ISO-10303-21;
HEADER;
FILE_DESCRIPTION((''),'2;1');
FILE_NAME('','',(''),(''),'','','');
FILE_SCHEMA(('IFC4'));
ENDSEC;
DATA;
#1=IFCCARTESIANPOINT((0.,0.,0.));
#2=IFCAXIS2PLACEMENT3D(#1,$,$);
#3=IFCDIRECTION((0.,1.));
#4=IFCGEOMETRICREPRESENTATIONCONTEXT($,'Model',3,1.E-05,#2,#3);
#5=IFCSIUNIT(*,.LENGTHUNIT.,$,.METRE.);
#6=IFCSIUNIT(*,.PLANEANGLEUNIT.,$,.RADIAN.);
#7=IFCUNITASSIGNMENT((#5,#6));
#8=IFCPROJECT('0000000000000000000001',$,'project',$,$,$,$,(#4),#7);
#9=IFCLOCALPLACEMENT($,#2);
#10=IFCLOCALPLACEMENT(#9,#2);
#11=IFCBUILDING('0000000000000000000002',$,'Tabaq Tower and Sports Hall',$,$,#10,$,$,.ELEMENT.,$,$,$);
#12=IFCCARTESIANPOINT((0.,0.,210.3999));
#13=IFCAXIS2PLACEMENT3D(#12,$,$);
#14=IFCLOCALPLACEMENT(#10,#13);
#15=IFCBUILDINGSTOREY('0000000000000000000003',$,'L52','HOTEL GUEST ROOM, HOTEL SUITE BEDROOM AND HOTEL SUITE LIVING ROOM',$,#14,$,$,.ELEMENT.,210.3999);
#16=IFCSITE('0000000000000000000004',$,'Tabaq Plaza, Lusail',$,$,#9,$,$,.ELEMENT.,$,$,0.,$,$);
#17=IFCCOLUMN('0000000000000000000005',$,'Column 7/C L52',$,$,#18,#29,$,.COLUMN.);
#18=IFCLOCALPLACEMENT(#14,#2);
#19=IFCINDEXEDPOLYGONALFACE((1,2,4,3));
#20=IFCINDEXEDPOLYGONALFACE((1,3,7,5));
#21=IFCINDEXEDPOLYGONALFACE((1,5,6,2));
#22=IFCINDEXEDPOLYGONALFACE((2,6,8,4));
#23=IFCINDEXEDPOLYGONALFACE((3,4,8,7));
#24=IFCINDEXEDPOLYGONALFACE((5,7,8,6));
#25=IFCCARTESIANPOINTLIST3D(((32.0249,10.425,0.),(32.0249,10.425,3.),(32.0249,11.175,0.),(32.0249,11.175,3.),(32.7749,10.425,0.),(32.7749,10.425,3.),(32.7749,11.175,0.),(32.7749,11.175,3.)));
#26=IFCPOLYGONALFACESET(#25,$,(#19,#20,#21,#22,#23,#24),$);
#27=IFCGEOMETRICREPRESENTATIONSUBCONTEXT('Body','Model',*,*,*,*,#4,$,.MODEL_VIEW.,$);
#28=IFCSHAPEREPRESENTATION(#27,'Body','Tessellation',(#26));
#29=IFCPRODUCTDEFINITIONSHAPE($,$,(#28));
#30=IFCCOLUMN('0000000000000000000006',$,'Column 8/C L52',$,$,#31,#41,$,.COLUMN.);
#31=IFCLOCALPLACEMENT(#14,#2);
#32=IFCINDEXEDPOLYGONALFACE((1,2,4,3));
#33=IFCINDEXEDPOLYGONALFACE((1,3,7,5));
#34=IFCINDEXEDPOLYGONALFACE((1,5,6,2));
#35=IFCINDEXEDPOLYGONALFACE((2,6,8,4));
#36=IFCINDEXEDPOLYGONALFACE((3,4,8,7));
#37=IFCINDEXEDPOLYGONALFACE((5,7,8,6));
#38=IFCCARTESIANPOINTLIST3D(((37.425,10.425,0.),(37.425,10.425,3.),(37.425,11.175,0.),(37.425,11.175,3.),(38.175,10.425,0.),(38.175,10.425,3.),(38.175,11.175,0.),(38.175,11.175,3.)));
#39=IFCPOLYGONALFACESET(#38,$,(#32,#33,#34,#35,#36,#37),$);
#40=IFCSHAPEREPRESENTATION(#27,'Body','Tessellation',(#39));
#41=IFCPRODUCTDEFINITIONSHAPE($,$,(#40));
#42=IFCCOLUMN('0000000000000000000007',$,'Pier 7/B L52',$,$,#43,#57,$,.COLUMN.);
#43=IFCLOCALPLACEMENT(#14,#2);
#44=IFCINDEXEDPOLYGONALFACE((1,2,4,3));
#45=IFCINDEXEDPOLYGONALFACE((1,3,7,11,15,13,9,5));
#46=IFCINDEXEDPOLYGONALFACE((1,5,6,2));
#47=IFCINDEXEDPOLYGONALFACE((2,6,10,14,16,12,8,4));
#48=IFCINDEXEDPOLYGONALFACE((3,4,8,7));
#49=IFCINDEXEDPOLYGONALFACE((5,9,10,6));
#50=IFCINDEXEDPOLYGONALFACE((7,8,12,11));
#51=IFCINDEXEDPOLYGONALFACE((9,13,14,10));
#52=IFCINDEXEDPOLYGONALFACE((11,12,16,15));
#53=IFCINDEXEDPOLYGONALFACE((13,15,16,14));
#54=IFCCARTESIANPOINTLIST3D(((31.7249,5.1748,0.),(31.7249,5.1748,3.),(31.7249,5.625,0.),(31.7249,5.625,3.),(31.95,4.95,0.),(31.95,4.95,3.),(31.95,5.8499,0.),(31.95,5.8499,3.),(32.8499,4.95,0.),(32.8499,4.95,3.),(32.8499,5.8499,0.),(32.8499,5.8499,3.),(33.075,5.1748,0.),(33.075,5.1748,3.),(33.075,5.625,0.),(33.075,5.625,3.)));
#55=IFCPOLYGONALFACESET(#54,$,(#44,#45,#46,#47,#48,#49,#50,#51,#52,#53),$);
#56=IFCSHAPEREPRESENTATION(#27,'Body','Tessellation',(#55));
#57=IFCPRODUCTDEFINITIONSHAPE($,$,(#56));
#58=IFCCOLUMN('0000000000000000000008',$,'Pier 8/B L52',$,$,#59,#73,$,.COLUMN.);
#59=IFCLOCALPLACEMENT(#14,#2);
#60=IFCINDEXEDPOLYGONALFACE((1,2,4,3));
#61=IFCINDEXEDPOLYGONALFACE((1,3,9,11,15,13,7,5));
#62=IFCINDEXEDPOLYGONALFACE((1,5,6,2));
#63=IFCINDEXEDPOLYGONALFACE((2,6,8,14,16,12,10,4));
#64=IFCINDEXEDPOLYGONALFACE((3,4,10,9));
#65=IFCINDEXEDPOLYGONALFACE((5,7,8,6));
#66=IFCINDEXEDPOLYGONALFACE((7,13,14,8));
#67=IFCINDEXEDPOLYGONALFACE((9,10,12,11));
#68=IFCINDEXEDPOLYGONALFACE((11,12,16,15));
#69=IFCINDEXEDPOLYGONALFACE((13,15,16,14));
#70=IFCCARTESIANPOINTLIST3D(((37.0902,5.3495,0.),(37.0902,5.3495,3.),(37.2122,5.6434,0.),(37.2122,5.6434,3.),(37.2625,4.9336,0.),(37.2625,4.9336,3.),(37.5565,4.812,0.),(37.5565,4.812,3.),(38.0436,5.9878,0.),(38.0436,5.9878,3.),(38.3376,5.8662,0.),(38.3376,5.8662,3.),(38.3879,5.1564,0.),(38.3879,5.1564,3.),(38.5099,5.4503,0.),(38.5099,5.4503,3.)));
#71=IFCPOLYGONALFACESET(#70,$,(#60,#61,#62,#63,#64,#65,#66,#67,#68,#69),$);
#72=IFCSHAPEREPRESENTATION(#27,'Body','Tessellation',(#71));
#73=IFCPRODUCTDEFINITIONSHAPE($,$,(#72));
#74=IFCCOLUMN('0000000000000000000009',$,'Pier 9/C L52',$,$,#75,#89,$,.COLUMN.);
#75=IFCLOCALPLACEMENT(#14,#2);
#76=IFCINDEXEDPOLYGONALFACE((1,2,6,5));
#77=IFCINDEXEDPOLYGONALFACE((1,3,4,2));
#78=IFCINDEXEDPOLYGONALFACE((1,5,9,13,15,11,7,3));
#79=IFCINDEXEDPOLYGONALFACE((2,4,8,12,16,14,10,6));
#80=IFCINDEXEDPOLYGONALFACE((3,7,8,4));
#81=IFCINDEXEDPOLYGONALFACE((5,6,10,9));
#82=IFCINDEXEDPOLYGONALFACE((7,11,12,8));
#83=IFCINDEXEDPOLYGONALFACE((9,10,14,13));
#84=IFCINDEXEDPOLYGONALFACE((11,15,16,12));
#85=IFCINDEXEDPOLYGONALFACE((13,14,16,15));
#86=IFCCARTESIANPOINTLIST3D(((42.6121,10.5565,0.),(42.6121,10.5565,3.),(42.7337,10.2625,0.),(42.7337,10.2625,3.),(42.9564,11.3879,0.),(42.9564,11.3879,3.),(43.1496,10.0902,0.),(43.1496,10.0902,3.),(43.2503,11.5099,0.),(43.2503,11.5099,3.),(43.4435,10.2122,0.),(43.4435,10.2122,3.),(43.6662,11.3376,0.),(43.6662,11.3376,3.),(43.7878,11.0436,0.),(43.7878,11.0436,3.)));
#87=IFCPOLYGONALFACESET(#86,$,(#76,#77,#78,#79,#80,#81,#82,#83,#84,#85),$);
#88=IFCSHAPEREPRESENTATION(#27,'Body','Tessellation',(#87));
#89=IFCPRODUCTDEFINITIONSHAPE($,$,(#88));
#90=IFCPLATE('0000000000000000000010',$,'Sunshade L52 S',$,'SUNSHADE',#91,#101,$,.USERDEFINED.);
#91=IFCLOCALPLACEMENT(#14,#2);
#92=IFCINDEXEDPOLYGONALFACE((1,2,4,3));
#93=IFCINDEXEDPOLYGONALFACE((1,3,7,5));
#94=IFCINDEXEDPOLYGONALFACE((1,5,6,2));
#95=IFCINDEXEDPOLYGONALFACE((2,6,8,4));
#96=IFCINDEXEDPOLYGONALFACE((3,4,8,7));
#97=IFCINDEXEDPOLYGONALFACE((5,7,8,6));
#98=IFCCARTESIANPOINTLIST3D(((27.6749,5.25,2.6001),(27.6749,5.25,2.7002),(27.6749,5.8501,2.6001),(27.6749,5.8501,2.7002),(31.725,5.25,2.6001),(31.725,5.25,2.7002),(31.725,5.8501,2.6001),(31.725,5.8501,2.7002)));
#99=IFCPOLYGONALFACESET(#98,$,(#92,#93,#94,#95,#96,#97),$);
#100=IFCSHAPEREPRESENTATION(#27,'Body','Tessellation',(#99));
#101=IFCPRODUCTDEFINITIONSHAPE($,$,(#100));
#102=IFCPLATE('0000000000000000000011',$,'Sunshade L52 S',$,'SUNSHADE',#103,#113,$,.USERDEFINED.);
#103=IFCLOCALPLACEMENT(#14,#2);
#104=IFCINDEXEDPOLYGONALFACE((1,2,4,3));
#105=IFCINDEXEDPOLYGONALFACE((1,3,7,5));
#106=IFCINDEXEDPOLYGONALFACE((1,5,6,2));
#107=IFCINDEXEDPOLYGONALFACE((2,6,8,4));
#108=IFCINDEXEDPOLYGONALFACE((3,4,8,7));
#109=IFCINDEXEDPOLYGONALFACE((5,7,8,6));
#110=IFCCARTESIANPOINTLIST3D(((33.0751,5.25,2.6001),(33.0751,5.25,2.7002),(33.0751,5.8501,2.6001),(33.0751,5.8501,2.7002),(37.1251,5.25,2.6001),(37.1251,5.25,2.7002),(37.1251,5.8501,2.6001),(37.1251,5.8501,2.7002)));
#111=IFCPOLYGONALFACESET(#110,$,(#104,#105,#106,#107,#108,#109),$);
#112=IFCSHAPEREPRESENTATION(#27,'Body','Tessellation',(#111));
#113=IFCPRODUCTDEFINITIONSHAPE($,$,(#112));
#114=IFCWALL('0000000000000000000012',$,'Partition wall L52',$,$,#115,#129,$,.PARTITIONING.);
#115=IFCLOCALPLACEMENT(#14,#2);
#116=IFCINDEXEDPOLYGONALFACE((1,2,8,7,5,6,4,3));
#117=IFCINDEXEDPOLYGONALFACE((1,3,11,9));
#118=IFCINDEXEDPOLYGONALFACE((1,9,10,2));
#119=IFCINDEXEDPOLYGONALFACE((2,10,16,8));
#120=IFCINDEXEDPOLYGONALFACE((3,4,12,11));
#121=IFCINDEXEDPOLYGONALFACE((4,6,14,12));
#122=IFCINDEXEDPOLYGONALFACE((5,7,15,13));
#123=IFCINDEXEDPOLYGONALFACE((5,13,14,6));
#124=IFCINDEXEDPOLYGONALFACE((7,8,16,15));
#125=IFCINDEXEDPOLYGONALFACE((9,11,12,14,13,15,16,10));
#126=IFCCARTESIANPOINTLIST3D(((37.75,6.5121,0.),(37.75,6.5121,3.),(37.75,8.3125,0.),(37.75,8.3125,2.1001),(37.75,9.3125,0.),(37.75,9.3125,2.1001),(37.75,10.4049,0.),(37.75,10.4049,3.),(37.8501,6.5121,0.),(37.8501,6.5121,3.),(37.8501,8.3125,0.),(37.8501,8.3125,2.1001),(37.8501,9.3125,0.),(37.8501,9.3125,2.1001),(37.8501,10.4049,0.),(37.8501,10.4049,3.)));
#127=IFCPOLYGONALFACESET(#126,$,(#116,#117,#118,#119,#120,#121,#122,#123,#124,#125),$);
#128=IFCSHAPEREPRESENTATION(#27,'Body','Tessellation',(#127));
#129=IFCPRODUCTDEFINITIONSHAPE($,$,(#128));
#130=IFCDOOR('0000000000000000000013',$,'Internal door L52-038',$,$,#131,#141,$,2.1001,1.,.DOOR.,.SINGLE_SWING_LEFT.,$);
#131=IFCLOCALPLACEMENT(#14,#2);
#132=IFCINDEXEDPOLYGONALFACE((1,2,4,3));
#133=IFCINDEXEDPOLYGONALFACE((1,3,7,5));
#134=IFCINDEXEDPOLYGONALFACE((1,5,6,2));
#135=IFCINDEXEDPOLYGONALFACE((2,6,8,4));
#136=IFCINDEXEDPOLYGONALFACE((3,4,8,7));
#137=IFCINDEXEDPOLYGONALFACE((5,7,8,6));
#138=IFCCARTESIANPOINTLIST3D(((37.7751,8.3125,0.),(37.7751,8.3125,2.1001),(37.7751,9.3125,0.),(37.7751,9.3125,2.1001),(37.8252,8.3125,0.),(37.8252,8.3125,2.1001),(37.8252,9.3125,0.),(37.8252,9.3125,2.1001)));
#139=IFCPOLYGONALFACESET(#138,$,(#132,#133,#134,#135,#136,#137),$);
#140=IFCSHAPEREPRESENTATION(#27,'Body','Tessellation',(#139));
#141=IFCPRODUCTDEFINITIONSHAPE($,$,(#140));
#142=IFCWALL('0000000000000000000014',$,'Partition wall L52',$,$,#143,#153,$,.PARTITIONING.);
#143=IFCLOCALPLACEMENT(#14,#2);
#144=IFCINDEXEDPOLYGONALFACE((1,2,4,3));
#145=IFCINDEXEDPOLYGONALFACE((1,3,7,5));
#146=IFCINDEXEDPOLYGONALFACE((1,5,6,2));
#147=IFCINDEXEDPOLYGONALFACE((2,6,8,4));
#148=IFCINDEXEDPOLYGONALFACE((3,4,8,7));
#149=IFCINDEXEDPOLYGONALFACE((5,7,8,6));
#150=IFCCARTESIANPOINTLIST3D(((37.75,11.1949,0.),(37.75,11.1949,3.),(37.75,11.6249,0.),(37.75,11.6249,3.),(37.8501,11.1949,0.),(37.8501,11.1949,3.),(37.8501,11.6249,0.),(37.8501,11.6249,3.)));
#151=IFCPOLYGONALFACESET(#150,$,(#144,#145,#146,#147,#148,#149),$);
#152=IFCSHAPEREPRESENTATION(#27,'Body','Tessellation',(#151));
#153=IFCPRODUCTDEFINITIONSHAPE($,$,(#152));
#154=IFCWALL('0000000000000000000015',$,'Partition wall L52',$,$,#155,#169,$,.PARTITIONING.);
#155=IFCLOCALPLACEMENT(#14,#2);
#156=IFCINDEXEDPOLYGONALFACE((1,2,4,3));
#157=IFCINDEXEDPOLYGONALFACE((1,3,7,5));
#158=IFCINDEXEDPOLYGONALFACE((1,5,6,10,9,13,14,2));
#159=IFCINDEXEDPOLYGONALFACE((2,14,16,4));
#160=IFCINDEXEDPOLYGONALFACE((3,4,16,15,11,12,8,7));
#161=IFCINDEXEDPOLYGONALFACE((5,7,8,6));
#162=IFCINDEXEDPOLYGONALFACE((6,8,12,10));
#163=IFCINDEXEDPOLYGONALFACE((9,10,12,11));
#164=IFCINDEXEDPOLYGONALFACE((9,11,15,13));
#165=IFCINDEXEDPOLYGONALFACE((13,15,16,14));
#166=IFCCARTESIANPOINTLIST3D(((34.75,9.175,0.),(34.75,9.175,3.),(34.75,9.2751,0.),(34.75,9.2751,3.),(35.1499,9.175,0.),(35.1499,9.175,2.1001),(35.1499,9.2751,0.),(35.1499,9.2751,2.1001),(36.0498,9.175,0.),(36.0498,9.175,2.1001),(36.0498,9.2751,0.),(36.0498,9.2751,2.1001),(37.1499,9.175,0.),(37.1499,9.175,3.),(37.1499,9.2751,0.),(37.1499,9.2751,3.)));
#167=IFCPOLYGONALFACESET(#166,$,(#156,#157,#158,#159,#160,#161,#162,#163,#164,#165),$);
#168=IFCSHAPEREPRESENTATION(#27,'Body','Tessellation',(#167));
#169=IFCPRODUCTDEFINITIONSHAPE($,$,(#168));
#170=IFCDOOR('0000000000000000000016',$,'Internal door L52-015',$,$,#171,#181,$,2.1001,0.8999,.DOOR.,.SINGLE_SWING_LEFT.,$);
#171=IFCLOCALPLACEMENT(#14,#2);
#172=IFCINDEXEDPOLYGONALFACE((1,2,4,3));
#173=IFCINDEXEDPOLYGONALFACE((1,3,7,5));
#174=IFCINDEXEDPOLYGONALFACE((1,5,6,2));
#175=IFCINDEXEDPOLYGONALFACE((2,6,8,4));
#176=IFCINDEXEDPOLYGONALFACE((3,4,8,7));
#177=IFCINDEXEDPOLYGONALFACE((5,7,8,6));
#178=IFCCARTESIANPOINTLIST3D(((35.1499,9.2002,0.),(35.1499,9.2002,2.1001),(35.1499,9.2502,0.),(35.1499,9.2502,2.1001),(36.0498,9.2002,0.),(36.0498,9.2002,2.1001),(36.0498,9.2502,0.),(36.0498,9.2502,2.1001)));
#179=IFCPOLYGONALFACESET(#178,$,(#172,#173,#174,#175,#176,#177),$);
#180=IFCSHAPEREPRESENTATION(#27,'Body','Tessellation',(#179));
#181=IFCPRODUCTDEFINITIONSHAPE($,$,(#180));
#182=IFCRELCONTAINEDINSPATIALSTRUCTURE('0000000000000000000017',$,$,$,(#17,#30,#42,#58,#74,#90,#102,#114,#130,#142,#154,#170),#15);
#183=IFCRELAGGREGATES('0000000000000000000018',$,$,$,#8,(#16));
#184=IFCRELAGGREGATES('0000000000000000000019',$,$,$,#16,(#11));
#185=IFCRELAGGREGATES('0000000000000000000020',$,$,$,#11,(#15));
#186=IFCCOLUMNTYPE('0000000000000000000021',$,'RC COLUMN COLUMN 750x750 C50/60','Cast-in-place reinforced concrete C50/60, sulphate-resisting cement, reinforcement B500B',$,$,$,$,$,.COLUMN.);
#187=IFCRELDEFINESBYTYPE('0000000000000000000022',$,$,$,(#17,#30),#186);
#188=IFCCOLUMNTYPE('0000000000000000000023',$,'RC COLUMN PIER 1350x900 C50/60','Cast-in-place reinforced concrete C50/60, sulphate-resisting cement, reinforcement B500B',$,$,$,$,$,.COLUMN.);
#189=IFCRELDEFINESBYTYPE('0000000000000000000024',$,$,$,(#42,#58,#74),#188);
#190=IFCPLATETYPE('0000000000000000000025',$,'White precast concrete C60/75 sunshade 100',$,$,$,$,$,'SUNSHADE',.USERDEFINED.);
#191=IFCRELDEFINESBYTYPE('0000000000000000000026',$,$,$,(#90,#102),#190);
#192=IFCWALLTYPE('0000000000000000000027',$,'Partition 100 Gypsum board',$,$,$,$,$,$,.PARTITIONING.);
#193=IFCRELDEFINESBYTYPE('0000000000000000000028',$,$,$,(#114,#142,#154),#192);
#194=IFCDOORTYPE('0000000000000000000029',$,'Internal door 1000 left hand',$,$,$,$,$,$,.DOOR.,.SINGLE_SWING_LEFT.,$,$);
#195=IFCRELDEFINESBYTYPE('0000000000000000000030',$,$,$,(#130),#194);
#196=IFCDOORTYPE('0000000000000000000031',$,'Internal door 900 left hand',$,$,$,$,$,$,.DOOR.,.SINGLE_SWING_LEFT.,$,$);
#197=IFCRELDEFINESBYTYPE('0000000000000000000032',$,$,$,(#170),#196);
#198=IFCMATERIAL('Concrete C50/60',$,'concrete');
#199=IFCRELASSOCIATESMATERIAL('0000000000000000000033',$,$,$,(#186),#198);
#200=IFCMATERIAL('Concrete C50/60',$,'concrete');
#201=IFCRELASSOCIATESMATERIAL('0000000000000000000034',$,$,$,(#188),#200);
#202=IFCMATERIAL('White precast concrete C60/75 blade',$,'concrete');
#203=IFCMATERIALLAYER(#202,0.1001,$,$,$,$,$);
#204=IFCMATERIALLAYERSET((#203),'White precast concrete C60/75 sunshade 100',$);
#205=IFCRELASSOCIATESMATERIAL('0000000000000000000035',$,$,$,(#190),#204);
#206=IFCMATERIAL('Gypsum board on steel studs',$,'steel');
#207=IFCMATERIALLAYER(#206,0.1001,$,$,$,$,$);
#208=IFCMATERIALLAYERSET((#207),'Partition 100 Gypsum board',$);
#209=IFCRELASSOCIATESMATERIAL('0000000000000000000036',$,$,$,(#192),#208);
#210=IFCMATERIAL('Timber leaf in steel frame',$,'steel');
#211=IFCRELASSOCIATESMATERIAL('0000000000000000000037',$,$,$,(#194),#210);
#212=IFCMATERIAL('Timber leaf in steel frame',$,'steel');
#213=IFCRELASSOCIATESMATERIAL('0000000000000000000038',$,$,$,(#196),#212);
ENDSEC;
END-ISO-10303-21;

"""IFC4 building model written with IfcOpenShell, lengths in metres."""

from ifc_helpers import new_model, si_unit, direction, frame, frame_2d, origin, origin_2d, place, context, subcontext, project, spatial, polyline, rectangle, outline, extrude, material, layer, layer_set, material_profile, profile_set, type_object, element, fill, save


model = new_model("IFC4")

# Units and contexts
model_context = context("Model", 3, precision=1e-05, world=origin(), true_north=direction((0.0, 1.0)))
body_context = subcontext(model_context, "Body", "Model", "MODEL_VIEW")
ifc_project = project(units=[si_unit("LENGTHUNIT", "METRE"), si_unit("PLANEANGLEUNIT", "RADIAN")], contexts=[model_context])

# Site, building, storey
site_placement = place(None, origin())
site = spatial("IfcSite", under=ifc_project, at=site_placement, Name="Tabaq Plaza, Lusail", CompositionType="ELEMENT", RefElevation=0.0)
building_placement = place(site_placement, origin())
building = spatial("IfcBuilding", under=site, at=building_placement, Name="Tabaq Tower and Sports Hall", CompositionType="ELEMENT")
storey_placement = place(building_placement, frame((0.0, 0.0, 210.3999)))
storey = spatial("IfcBuildingStorey", under=building, at=storey_placement, Name="L52", Description="HOTEL GUEST ROOM, HOTEL SUITE BEDROOM AND HOTEL SUITE LIVING ROOM", CompositionType="ELEMENT", Elevation=210.3999)

# Columns
ifc_material_1 = material(Name="Concrete C50/60", Category="concrete")
ifc_material_profile_1 = material_profile(ifc_material_1, rectangle(XDim=0.75, YDim=0.75, at=origin_2d()), Name="COLUMN 750x750")
ifc_profile_set_1 = profile_set([ifc_material_profile_1], Name="Concrete C50/60")
column_type_1 = type_object("IfcColumnType", Name="RC COLUMN COLUMN 750x750 C50/60", Description="Cast-in-place reinforced concrete C50/60, sulphate-resisting cement, reinforcement B500B", PredefinedType="COLUMN", material=ifc_profile_set_1)
for number, where, z_axis, x_axis, name in (
    (1, (32.3999, 10.8, 0.0), (0.0, 0.0, 1.0), (1.0, 0.0, 0.0), "Column 7/C L52"),
    (2, (37.8, 10.8, 0.0), (0.0, 0.0, 1.0), (1.0, 0.0, 0.0), "Column 8/C L52"),
):
    element("IfcColumn", number, at=place(storey_placement, frame(where, z_axis=z_axis, x_axis=x_axis)), inside=storey, type_object=column_type_1, Name=name, PredefinedType="COLUMN", context=body_context, shape_type="SweptSolid", body=[
        extrude(rectangle(XDim=0.75, YDim=0.75, at=origin_2d()), origin(), (0.0, 0.0, 1.0), 3.0),
    ])
ifc_material_2 = material(Name="Concrete C50/60", Category="concrete")
ifc_material_profile_2 = material_profile(ifc_material_2, outline(polyline([(-0.45, -0.45), (0.45, -0.45), (0.675, -0.2251), (0.675, 0.2251), (0.45, 0.45), (-0.45, 0.45), (-0.675, 0.2251), (-0.675, -0.2251), (-0.45, -0.45)])), Name="PIER 1350x900")
ifc_profile_set_2 = profile_set([ifc_material_profile_2], Name="Concrete C50/60")
column_type_2 = type_object("IfcColumnType", Name="RC COLUMN PIER 1350x900 C50/60", Description="Cast-in-place reinforced concrete C50/60, sulphate-resisting cement, reinforcement B500B", PredefinedType="COLUMN", material=ifc_profile_set_2)
for number, where, z_axis, x_axis, name in (
    (3, (32.3999, 5.3999, 0.0), (0.0, 0.0, 1.0), (1.0, 0.0, 0.0), "Pier 7/B L52"),
    (4, (37.8, 5.3999, 0.0), (0.0, 0.0, 1.0), (0.92388, 0.382683, 0.0), "Pier 8/B L52"),
    (5, (43.2, 10.8, 0.0), (0.0, 0.0, 1.0), (0.382683, 0.92388, 0.0), "Pier 9/C L52"),
):
    element("IfcColumn", number, at=place(storey_placement, frame(where, z_axis=z_axis, x_axis=x_axis)), inside=storey, type_object=column_type_2, Name=name, PredefinedType="COLUMN", context=body_context, shape_type="SweptSolid", body=[
        extrude(outline(polyline([(-0.45, -0.45), (0.45, -0.45), (0.675, -0.2251), (0.675, 0.2251), (0.45, 0.45), (-0.45, 0.45), (-0.675, 0.2251), (-0.675, -0.2251), (-0.45, -0.45)])), origin(), (0.0, 0.0, 1.0), 3.0),
    ])

# Plates
ifc_material_3 = material(Name="White precast concrete C60/75 blade", Category="concrete")
ifc_layer_1 = layer(ifc_material_3, 0.1001)
ifc_layer_set_1 = layer_set([ifc_layer_1], Name="White precast concrete C60/75 sunshade 100")
plate_type = type_object("IfcPlateType", Name="White precast concrete C60/75 sunshade 100", ElementType="SUNSHADE", PredefinedType="USERDEFINED", material=ifc_layer_set_1)
for number, where, z_axis, x_axis, name in (
    (6, (29.7, 5.55, 2.6001), (0.0, 0.0, 1.0), (1.0, 0.0, 0.0), "Sunshade L52 S"),
    (7, (35.1001, 5.55, 2.6001), (0.0, 0.0, 1.0), (1.0, 0.0, 0.0), "Sunshade L52 S"),
):
    element("IfcPlate", number, at=place(storey_placement, frame(where, z_axis=z_axis, x_axis=x_axis)), inside=storey, type_object=plate_type, Name=name, ObjectType="SUNSHADE", PredefinedType="USERDEFINED", context=body_context, shape_type="SweptSolid", body=[
        extrude(rectangle(XDim=4.05, YDim=0.6001, at=origin_2d()), origin(), (0.0, 0.0, 1.0), 0.1001),
    ])

# Wall, opening, door
ifc_material_4 = material(Name="Gypsum board on steel studs", Category="steel")
ifc_layer_2 = layer(ifc_material_4, 0.1001)
ifc_layer_set_2 = layer_set([ifc_layer_2], Name="Partition 100 Gypsum board")
wall_type_1 = type_object("IfcWallType", Name="Partition 100 Gypsum board", PredefinedType="PARTITIONING", material=ifc_layer_set_2)
wall_1_placement = place(storey_placement, frame((37.8, 6.5122, 0.0), z_axis=(0.0, 0.0, 1.0), x_axis=(0.0, 1.0, 0.0)))
wall_1 = element("IfcWall", 8, at=wall_1_placement, inside=storey, type_object=wall_type_1, Name="Partition wall L52", PredefinedType="PARTITIONING", context=body_context, shape_type="SweptSolid", body=[
    extrude(rectangle(XDim=3.8928, YDim=0.1001, at=frame_2d((1.9463, 0.0))), origin(), (0.0, 0.0, 1.0), 3.0),
])
opening_1_placement = place(wall_1_placement, frame((1.8003, 0.0, 0.0)))
opening_1 = element("IfcOpeningElement", 9, at=opening_1_placement, cuts=wall_1, PredefinedType="OPENING", context=body_context, shape_type="SweptSolid", body=[
    extrude(rectangle(XDim=1.0, YDim=2.1001, at=frame_2d((0.5, 1.05))), frame((0.0, 0.05, 0.0), z_axis=(0.0, -1.0, 0.0), x_axis=(1.0, 0.0, 0.0)), (0.0, 0.0, 1.0), 0.1001),
])
ifc_material_5 = material(Name="Timber leaf in steel frame", Category="steel")
door_type_1 = type_object("IfcDoorType", Name="Internal door 1000 left hand", OperationType="SINGLE_SWING_LEFT", PredefinedType="DOOR", material=ifc_material_5)
door_1_placement = place(opening_1_placement, origin())
door_1 = element("IfcDoor", 10, at=door_1_placement, inside=storey, type_object=door_type_1, Name="Internal door L52-038", OperationType="SINGLE_SWING_LEFT", OverallHeight=2.1001, OverallWidth=1.0, PredefinedType="DOOR", context=body_context, shape_type="SweptSolid", body=[
    extrude(rectangle(XDim=1.0, YDim=2.1001, at=frame_2d((0.5, 1.05))), frame((0.0, 0.0249, 0.0), z_axis=(0.0, -1.0, 0.0), x_axis=(1.0, 0.0, 0.0)), (0.0, 0.0, 1.0), 0.05),
])
fill(opening_1, door_1)

# Wall
wall_2_placement = place(storey_placement, frame((37.8, 11.1951, 0.0), z_axis=(0.0, 0.0, 1.0), x_axis=(0.0, 1.0, 0.0)))
element("IfcWall", 11, at=wall_2_placement, inside=storey, type_object=wall_type_1, Name="Partition wall L52", PredefinedType="PARTITIONING", context=body_context, shape_type="SweptSolid", body=[
    extrude(rectangle(XDim=0.4299, YDim=0.1001, at=frame_2d((0.2148, 0.0))), origin(), (0.0, 0.0, 1.0), 3.0),
])

# Wall, opening, door
wall_3_placement = place(storey_placement, frame((37.1499, 9.2251, 0.0), z_axis=(0.0, 0.0, 1.0), x_axis=(-1.0, 0.0, 0.0)))
wall_3 = element("IfcWall", 12, at=wall_3_placement, inside=storey, type_object=wall_type_1, Name="Partition wall L52", PredefinedType="PARTITIONING", context=body_context, shape_type="SweptSolid", body=[
    extrude(rectangle(XDim=2.3999, YDim=0.1001, at=frame_2d((1.2, 0.0))), origin(), (0.0, 0.0, 1.0), 3.0),
])
opening_2_placement = place(wall_3_placement, frame((1.1001, 0.0, 0.0)))
opening_2 = element("IfcOpeningElement", 13, at=opening_2_placement, cuts=wall_3, PredefinedType="OPENING", context=body_context, shape_type="SweptSolid", body=[
    extrude(rectangle(XDim=0.8999, YDim=2.1001, at=frame_2d((0.45, 1.05))), frame((0.0, 0.05, 0.0), z_axis=(0.0, -1.0, 0.0), x_axis=(1.0, 0.0, 0.0)), (0.0, 0.0, 1.0), 0.1001),
])
ifc_material_6 = material(Name="Timber leaf in steel frame", Category="steel")
door_type_2 = type_object("IfcDoorType", Name="Internal door 900 left hand", OperationType="SINGLE_SWING_LEFT", PredefinedType="DOOR", material=ifc_material_6)
door_2_placement = place(opening_2_placement, origin())
door_2 = element("IfcDoor", 14, at=door_2_placement, inside=storey, type_object=door_type_2, Name="Internal door L52-015", OperationType="SINGLE_SWING_LEFT", OverallHeight=2.1001, OverallWidth=0.8999, PredefinedType="DOOR", context=body_context, shape_type="SweptSolid", body=[
    extrude(rectangle(XDim=0.8999, YDim=2.1001, at=frame_2d((0.45, 1.05))), frame((0.0, 0.0249, 0.0), z_axis=(0.0, -1.0, 0.0), x_axis=(1.0, 0.0, 0.0)), (0.0, 0.0, 1.0), 0.05),
])
fill(opening_2, door_2)

save(model, "model.ifc")
